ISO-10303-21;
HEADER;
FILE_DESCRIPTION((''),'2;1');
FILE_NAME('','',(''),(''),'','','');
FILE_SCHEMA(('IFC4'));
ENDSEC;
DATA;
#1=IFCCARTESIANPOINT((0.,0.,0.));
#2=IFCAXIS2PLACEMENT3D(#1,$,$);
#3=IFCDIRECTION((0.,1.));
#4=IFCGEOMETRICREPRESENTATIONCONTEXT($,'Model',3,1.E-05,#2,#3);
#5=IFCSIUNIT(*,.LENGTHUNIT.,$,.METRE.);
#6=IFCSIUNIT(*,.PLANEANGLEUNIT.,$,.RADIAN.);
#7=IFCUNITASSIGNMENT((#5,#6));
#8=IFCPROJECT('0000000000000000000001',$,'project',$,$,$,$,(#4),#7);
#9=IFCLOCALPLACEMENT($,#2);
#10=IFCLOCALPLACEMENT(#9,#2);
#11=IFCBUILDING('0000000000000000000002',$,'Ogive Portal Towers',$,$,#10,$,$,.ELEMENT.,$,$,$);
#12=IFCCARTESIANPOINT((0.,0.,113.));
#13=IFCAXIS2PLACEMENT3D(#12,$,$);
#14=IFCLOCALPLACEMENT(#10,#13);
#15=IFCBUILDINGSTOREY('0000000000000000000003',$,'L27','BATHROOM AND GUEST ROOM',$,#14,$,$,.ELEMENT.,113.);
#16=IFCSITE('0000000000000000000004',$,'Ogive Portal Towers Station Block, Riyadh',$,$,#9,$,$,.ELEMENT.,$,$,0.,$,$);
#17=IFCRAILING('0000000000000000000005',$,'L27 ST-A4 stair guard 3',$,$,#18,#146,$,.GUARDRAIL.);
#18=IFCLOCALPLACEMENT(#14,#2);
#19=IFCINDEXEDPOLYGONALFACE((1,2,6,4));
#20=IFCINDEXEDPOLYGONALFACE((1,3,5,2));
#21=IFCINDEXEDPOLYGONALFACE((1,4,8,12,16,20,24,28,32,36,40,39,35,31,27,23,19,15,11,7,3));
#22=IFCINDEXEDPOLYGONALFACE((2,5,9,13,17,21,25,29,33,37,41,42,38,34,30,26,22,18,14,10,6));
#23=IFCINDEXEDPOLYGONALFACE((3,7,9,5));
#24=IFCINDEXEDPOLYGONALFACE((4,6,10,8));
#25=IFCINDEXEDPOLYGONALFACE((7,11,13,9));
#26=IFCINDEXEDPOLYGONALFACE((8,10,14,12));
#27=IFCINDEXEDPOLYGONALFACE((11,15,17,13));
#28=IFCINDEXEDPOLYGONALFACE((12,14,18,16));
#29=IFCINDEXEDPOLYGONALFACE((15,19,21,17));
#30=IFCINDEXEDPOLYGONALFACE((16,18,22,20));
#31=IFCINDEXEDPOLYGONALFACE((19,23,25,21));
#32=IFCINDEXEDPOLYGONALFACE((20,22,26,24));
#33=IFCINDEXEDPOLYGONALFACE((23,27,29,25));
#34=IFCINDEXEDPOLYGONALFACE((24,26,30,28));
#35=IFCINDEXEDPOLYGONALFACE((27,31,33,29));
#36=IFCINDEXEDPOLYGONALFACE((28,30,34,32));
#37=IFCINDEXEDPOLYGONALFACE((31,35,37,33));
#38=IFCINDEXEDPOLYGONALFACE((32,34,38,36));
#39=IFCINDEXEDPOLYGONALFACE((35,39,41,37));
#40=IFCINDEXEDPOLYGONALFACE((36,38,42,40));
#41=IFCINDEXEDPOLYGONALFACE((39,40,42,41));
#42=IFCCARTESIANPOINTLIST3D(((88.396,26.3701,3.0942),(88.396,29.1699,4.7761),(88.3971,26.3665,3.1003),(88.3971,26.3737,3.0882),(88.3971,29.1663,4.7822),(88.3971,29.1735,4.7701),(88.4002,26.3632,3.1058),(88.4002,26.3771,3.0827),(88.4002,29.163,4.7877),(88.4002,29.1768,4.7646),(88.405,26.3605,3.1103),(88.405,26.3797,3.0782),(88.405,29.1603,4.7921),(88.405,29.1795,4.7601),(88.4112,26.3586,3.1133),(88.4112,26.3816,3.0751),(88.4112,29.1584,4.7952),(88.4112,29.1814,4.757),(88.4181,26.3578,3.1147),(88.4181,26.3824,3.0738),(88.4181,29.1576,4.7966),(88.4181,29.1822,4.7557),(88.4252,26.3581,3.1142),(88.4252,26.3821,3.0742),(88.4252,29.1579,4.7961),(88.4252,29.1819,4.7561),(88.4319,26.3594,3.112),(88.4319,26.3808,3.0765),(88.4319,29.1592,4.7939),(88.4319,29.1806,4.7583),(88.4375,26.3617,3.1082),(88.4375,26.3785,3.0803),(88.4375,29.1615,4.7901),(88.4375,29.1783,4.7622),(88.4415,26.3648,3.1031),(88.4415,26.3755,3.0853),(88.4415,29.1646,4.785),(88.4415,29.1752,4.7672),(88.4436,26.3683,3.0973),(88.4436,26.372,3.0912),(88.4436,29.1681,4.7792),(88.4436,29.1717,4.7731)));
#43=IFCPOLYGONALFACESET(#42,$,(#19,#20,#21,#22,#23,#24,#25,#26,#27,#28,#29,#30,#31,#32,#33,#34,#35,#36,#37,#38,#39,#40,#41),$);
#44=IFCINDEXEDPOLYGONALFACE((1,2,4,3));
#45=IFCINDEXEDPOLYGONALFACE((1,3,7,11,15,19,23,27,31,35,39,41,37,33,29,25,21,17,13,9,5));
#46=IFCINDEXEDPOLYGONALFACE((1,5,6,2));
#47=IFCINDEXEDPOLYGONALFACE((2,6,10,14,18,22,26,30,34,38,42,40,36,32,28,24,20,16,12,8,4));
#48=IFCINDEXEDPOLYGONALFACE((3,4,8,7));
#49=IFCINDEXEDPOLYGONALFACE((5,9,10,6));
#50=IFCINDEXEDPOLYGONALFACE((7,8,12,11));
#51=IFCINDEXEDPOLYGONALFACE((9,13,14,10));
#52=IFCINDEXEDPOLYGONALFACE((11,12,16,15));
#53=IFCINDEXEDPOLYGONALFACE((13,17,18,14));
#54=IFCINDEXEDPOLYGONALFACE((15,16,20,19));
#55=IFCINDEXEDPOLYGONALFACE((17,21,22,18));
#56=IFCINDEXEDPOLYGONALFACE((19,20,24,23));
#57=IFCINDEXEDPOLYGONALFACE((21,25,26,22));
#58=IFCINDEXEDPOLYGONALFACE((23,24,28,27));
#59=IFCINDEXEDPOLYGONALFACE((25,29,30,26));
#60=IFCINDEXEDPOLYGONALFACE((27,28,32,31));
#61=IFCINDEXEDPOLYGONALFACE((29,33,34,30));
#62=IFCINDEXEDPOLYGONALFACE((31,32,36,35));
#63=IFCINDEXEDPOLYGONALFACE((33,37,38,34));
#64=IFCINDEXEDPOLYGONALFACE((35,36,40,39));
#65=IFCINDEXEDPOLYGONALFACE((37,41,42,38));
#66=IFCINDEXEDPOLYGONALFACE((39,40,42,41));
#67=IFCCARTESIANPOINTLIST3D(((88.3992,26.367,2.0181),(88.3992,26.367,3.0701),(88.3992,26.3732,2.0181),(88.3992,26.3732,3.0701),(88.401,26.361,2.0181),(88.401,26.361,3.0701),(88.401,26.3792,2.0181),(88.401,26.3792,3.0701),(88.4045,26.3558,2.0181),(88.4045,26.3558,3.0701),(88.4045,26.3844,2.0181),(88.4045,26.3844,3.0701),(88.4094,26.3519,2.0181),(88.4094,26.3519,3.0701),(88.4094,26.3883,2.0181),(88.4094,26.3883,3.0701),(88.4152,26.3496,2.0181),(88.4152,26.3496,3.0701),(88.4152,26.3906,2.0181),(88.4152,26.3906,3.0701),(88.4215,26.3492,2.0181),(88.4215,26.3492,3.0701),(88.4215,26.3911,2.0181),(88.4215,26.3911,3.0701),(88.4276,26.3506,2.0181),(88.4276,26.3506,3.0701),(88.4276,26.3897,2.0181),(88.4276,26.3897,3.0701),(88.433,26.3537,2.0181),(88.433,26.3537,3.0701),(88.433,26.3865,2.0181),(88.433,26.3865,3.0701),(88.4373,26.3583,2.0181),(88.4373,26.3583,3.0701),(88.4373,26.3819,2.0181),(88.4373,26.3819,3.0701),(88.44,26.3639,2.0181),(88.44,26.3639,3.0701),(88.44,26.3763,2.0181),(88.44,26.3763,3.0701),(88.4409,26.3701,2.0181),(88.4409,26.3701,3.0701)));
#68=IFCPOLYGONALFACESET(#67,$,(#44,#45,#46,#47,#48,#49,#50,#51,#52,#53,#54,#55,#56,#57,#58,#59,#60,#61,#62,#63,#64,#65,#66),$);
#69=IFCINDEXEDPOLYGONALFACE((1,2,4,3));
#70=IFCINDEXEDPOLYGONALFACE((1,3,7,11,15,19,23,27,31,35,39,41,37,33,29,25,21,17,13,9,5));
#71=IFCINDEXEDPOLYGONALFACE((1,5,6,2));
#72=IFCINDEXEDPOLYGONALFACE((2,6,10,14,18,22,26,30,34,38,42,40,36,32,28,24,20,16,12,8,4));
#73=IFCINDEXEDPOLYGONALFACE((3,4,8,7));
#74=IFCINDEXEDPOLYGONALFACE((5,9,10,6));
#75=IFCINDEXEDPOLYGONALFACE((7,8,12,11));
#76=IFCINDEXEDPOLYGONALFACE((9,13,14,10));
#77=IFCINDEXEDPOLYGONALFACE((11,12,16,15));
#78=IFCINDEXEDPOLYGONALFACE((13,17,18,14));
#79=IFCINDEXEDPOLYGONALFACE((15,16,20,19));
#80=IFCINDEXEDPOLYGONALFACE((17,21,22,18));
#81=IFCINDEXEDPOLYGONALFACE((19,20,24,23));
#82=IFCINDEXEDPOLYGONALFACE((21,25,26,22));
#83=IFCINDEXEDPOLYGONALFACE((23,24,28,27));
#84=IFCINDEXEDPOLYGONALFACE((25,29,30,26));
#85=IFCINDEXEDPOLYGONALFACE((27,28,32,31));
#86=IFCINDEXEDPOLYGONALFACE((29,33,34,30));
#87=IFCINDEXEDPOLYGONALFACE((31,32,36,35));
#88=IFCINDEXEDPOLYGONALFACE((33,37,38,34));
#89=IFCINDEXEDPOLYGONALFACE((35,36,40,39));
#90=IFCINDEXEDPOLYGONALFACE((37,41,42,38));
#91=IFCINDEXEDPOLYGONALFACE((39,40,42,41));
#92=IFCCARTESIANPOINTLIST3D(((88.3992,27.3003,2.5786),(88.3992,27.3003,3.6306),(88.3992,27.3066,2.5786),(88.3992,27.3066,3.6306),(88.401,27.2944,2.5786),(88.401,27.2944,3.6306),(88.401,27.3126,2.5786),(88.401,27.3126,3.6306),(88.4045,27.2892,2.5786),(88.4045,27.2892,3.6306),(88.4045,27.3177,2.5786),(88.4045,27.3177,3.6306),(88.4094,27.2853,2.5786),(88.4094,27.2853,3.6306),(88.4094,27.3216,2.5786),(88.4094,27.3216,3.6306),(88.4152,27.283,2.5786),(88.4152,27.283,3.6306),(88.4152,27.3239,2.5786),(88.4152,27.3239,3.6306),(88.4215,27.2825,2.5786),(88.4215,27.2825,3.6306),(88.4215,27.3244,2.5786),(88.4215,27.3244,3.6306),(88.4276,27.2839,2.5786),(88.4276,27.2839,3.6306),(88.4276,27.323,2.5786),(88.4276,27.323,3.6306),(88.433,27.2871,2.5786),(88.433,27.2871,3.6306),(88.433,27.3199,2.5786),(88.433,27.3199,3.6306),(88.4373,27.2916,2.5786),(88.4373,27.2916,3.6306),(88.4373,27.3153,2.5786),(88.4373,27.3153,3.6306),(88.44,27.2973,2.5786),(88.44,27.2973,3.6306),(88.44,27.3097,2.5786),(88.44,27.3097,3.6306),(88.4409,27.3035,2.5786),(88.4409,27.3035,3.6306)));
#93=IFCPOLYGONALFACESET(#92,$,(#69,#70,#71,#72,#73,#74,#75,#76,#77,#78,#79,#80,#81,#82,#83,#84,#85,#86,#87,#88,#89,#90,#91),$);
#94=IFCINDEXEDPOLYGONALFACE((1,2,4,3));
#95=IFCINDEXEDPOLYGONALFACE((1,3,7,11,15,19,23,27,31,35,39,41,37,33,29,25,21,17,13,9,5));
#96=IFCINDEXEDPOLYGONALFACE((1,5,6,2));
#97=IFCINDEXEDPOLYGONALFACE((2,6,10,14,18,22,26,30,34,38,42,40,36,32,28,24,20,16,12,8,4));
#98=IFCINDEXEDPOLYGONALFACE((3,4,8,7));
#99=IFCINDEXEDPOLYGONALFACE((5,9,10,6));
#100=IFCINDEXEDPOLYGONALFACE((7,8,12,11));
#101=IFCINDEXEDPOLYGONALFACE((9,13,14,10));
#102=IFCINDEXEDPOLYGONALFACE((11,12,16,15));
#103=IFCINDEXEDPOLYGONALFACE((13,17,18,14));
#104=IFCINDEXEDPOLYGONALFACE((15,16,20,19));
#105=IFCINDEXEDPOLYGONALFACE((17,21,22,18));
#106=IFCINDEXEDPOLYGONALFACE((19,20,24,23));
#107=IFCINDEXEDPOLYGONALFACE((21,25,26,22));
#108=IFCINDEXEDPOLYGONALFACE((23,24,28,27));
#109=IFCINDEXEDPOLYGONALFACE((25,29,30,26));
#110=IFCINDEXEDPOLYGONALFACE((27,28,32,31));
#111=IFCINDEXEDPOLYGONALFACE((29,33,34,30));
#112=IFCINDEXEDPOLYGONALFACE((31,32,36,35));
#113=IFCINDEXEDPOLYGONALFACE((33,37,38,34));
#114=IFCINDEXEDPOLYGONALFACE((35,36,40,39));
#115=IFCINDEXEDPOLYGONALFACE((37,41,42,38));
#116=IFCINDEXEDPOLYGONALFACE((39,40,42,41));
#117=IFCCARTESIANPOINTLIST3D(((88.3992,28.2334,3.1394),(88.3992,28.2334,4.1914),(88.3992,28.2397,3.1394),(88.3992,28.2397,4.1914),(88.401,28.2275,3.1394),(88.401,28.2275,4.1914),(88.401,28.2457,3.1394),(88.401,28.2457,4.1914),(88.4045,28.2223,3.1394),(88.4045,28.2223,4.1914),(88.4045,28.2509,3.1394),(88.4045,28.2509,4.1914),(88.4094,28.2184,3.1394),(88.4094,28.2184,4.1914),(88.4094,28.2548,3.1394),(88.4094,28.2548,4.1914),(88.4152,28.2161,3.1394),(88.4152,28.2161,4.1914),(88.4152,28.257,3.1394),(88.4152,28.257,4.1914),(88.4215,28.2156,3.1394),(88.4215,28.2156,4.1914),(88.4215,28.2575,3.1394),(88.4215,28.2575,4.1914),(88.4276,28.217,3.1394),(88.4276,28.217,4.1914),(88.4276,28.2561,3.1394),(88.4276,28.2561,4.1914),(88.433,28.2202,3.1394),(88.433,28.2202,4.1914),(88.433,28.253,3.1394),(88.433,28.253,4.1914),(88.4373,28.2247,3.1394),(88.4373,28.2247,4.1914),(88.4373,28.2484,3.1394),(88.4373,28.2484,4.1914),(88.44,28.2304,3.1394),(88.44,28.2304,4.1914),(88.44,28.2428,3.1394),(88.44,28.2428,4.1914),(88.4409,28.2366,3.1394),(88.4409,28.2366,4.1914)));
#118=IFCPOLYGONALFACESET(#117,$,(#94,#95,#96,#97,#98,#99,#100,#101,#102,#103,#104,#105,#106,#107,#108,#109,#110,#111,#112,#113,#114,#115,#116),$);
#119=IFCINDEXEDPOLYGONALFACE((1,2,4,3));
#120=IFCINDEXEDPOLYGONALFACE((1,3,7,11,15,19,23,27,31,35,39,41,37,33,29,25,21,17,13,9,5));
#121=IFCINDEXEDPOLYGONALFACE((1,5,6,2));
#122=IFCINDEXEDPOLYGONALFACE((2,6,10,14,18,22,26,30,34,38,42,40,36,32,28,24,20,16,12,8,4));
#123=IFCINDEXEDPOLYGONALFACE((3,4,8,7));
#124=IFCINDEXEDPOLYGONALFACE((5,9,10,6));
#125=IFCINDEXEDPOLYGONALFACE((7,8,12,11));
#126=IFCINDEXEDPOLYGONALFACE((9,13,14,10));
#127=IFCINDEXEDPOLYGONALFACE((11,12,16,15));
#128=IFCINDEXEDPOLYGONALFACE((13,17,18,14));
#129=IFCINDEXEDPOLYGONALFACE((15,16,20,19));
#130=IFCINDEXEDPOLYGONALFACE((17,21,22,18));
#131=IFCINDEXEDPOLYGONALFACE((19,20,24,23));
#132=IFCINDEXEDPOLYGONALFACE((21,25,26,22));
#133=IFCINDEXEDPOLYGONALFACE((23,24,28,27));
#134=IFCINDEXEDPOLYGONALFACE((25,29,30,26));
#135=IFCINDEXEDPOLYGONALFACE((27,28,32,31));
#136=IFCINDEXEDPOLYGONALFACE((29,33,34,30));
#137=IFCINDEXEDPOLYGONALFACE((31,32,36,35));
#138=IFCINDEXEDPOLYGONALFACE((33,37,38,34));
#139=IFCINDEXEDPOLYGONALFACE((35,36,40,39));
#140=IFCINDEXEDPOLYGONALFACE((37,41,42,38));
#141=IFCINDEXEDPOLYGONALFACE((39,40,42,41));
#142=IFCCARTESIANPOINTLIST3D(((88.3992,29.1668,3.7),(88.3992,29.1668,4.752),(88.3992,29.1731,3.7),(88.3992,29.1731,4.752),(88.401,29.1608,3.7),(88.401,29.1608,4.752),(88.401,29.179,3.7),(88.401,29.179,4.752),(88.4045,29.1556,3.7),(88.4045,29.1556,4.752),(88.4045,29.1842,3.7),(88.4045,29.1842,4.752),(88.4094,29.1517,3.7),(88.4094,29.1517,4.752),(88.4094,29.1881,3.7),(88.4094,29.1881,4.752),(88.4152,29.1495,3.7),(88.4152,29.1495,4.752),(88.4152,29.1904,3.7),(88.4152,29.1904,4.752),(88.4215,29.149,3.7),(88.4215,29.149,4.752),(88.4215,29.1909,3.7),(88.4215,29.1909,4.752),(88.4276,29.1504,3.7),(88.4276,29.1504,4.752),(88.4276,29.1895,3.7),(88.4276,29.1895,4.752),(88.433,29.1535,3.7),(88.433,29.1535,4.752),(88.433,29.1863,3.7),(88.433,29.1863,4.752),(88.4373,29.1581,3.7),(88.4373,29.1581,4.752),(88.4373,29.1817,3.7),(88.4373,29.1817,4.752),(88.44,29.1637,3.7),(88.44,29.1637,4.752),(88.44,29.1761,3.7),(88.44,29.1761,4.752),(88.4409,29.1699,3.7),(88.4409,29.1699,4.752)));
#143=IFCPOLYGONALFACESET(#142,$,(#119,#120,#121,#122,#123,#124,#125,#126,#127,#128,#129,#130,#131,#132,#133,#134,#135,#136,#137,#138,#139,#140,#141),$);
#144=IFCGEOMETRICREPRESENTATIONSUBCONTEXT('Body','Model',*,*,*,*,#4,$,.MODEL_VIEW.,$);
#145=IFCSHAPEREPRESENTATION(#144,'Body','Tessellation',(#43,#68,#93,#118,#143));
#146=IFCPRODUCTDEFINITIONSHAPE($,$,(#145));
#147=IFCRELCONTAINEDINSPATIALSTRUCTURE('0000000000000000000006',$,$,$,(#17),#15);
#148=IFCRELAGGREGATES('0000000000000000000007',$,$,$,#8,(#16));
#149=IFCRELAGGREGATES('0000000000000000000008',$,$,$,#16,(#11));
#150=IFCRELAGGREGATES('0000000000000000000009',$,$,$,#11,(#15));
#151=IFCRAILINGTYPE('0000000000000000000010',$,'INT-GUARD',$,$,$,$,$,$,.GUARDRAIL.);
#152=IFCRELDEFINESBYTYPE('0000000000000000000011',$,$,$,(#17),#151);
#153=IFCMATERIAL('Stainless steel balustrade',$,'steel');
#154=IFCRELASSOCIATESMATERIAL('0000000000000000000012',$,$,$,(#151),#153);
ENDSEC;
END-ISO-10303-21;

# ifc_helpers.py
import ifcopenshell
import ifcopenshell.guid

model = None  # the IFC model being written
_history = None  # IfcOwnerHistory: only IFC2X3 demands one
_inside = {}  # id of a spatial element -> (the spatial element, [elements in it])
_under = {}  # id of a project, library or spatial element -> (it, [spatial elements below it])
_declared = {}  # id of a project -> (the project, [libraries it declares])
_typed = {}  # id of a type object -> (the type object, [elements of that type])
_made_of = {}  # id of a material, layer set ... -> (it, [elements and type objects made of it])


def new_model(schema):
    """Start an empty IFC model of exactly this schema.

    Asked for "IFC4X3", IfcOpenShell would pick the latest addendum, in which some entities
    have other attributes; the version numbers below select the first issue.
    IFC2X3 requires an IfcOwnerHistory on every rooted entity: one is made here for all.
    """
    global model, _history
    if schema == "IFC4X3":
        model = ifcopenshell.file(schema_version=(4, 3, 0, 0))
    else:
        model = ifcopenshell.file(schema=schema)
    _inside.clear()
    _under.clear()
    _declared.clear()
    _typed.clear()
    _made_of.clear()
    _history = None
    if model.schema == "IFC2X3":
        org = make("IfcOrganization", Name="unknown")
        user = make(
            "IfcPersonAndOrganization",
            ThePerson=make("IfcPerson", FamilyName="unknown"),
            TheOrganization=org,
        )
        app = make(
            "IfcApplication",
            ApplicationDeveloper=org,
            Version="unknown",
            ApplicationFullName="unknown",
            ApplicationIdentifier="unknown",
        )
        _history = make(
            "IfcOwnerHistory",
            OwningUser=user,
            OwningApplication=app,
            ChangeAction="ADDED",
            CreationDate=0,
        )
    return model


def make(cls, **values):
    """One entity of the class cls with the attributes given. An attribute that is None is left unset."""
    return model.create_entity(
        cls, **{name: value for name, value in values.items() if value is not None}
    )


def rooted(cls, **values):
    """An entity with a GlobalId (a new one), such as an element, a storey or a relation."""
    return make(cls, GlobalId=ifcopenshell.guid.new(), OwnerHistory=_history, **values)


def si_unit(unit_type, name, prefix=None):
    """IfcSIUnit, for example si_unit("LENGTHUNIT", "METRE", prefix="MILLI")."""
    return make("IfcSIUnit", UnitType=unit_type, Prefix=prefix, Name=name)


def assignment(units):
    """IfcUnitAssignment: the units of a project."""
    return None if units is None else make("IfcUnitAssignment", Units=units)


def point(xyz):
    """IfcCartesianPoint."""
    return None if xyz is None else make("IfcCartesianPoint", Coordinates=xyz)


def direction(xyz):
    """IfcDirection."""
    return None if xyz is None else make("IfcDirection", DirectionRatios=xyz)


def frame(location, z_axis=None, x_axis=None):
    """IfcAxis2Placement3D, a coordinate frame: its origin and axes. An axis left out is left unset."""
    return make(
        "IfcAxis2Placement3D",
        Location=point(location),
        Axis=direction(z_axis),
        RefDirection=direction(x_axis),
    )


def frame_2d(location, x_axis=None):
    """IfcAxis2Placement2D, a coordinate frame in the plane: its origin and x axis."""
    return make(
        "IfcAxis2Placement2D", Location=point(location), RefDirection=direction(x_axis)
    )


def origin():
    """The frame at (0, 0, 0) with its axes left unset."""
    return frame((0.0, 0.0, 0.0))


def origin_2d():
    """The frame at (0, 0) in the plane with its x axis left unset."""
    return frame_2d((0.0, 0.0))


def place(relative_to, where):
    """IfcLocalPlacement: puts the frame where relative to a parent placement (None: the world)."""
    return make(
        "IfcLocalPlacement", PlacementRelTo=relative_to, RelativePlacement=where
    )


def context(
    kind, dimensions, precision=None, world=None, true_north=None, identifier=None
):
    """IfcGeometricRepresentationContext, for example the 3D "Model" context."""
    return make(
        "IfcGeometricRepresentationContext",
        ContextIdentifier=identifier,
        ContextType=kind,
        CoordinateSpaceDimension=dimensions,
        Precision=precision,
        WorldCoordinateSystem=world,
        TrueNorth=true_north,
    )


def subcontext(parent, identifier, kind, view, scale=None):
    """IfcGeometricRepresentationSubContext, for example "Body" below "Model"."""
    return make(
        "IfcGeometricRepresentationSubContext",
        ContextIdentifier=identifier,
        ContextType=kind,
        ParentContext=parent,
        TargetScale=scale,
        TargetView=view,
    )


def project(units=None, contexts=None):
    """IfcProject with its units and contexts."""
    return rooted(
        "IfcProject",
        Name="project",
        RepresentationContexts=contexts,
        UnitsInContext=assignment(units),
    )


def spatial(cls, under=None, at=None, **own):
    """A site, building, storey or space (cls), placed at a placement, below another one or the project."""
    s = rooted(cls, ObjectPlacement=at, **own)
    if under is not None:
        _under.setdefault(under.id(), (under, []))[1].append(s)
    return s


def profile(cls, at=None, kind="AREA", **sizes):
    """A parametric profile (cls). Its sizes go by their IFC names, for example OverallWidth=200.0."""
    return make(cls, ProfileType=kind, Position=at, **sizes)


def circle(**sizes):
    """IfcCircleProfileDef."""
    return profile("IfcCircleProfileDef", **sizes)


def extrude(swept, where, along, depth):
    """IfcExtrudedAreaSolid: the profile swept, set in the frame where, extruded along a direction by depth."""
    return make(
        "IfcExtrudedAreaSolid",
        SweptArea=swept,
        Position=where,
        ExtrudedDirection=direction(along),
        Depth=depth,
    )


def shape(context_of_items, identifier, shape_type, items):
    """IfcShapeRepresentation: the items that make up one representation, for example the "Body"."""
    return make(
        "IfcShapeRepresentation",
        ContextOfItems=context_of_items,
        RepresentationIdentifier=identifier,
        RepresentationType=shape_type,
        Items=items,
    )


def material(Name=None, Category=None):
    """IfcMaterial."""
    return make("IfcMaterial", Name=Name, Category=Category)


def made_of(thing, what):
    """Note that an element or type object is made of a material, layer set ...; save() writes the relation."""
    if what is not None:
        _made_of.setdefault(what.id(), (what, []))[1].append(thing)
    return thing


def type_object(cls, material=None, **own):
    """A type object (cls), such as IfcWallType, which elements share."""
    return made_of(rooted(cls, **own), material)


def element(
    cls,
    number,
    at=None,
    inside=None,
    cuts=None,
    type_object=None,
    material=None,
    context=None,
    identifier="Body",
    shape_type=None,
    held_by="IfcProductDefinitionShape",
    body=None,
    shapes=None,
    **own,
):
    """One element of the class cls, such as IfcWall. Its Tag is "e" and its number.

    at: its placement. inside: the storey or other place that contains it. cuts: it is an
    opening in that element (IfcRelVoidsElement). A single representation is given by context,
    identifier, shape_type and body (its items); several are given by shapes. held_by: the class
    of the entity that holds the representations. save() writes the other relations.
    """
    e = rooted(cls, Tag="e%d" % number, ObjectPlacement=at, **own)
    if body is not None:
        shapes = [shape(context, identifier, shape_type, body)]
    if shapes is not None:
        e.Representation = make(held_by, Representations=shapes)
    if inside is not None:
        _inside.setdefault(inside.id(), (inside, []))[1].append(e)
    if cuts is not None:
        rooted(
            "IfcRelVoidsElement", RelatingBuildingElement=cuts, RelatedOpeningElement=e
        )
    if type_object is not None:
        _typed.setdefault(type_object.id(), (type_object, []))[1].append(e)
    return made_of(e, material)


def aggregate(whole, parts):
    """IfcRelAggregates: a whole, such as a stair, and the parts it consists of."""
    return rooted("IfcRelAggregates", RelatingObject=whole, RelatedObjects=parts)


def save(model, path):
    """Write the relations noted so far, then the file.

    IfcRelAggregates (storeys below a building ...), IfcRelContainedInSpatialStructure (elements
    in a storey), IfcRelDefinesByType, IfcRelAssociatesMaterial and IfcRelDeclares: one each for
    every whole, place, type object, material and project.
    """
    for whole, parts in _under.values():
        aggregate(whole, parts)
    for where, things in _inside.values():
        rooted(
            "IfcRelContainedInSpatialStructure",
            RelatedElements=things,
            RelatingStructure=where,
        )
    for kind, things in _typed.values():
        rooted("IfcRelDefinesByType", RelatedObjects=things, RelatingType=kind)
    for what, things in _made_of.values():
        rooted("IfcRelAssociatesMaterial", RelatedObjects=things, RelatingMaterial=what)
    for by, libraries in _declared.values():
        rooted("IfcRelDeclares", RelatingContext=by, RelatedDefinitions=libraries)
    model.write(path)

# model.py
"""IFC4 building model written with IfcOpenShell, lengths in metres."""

from ifc_helpers import new_model, si_unit, direction, frame, origin, origin_2d, place, context, subcontext, project, spatial, circle, extrude, material, type_object, element, save


model = new_model("IFC4")

# Units and contexts
model_context = context("Model", 3, precision=1e-05, world=origin(), true_north=direction((0.0, 1.0)))
body_context = subcontext(model_context, "Body", "Model", "MODEL_VIEW")
ifc_project = project(units=[si_unit("LENGTHUNIT", "METRE"), si_unit("PLANEANGLEUNIT", "RADIAN")], contexts=[model_context])

# Site, building, storey
site_placement = place(None, origin())
site = spatial("IfcSite", under=ifc_project, at=site_placement, Name="Ogive Portal Towers Station Block, Riyadh", CompositionType="ELEMENT", RefElevation=0.0)
building_placement = place(site_placement, origin())
building = spatial("IfcBuilding", under=site, at=building_placement, Name="Ogive Portal Towers", CompositionType="ELEMENT")
storey_placement = place(building_placement, frame((0.0, 0.0, 113.0)))
storey = spatial("IfcBuildingStorey", under=building, at=storey_placement, Name="L27", Description="BATHROOM AND GUEST ROOM", CompositionType="ELEMENT", Elevation=113.0)

# Railing
ifc_material_1 = material(Name="Stainless steel balustrade", Category="steel")
railing_type_1 = type_object("IfcRailingType", Name="INT-GUARD", PredefinedType="GUARDRAIL", material=ifc_material_1)
railing_1_placement = place(storey_placement, frame((88.4199, 26.3701, 2.0181)))
element("IfcRailing", 1, at=railing_1_placement, inside=storey, type_object=railing_type_1, Name="L27 ST-A4 stair guard 3", PredefinedType="GUARDRAIL", context=body_context, shape_type="SweptSolid", body=[
    extrude(circle(Radius=0.0239, at=origin_2d()), frame((0.0, 0.0, 1.0762), z_axis=(0.0, 0.857222, 0.514946), x_axis=(-1.0, 0.0, 0.0)), (0.0, 0.0, 1.0), 3.2661),
    extrude(circle(Radius=0.021, at=origin_2d()), origin(), (0.0, 0.0, 1.0), 1.052),
    extrude(circle(Radius=0.021, at=origin_2d()), frame((0.0, 0.9333, 0.5605)), (0.0, 0.0, 1.0), 1.052),
    extrude(circle(Radius=0.021, at=origin_2d()), frame((0.0, 1.8665, 1.1213)), (0.0, 0.0, 1.0), 1.052),
    extrude(circle(Radius=0.021, at=origin_2d()), frame((0.0, 2.7998, 1.6819)), (0.0, 0.0, 1.0), 1.052),
])

save(model, "model.ifc")
